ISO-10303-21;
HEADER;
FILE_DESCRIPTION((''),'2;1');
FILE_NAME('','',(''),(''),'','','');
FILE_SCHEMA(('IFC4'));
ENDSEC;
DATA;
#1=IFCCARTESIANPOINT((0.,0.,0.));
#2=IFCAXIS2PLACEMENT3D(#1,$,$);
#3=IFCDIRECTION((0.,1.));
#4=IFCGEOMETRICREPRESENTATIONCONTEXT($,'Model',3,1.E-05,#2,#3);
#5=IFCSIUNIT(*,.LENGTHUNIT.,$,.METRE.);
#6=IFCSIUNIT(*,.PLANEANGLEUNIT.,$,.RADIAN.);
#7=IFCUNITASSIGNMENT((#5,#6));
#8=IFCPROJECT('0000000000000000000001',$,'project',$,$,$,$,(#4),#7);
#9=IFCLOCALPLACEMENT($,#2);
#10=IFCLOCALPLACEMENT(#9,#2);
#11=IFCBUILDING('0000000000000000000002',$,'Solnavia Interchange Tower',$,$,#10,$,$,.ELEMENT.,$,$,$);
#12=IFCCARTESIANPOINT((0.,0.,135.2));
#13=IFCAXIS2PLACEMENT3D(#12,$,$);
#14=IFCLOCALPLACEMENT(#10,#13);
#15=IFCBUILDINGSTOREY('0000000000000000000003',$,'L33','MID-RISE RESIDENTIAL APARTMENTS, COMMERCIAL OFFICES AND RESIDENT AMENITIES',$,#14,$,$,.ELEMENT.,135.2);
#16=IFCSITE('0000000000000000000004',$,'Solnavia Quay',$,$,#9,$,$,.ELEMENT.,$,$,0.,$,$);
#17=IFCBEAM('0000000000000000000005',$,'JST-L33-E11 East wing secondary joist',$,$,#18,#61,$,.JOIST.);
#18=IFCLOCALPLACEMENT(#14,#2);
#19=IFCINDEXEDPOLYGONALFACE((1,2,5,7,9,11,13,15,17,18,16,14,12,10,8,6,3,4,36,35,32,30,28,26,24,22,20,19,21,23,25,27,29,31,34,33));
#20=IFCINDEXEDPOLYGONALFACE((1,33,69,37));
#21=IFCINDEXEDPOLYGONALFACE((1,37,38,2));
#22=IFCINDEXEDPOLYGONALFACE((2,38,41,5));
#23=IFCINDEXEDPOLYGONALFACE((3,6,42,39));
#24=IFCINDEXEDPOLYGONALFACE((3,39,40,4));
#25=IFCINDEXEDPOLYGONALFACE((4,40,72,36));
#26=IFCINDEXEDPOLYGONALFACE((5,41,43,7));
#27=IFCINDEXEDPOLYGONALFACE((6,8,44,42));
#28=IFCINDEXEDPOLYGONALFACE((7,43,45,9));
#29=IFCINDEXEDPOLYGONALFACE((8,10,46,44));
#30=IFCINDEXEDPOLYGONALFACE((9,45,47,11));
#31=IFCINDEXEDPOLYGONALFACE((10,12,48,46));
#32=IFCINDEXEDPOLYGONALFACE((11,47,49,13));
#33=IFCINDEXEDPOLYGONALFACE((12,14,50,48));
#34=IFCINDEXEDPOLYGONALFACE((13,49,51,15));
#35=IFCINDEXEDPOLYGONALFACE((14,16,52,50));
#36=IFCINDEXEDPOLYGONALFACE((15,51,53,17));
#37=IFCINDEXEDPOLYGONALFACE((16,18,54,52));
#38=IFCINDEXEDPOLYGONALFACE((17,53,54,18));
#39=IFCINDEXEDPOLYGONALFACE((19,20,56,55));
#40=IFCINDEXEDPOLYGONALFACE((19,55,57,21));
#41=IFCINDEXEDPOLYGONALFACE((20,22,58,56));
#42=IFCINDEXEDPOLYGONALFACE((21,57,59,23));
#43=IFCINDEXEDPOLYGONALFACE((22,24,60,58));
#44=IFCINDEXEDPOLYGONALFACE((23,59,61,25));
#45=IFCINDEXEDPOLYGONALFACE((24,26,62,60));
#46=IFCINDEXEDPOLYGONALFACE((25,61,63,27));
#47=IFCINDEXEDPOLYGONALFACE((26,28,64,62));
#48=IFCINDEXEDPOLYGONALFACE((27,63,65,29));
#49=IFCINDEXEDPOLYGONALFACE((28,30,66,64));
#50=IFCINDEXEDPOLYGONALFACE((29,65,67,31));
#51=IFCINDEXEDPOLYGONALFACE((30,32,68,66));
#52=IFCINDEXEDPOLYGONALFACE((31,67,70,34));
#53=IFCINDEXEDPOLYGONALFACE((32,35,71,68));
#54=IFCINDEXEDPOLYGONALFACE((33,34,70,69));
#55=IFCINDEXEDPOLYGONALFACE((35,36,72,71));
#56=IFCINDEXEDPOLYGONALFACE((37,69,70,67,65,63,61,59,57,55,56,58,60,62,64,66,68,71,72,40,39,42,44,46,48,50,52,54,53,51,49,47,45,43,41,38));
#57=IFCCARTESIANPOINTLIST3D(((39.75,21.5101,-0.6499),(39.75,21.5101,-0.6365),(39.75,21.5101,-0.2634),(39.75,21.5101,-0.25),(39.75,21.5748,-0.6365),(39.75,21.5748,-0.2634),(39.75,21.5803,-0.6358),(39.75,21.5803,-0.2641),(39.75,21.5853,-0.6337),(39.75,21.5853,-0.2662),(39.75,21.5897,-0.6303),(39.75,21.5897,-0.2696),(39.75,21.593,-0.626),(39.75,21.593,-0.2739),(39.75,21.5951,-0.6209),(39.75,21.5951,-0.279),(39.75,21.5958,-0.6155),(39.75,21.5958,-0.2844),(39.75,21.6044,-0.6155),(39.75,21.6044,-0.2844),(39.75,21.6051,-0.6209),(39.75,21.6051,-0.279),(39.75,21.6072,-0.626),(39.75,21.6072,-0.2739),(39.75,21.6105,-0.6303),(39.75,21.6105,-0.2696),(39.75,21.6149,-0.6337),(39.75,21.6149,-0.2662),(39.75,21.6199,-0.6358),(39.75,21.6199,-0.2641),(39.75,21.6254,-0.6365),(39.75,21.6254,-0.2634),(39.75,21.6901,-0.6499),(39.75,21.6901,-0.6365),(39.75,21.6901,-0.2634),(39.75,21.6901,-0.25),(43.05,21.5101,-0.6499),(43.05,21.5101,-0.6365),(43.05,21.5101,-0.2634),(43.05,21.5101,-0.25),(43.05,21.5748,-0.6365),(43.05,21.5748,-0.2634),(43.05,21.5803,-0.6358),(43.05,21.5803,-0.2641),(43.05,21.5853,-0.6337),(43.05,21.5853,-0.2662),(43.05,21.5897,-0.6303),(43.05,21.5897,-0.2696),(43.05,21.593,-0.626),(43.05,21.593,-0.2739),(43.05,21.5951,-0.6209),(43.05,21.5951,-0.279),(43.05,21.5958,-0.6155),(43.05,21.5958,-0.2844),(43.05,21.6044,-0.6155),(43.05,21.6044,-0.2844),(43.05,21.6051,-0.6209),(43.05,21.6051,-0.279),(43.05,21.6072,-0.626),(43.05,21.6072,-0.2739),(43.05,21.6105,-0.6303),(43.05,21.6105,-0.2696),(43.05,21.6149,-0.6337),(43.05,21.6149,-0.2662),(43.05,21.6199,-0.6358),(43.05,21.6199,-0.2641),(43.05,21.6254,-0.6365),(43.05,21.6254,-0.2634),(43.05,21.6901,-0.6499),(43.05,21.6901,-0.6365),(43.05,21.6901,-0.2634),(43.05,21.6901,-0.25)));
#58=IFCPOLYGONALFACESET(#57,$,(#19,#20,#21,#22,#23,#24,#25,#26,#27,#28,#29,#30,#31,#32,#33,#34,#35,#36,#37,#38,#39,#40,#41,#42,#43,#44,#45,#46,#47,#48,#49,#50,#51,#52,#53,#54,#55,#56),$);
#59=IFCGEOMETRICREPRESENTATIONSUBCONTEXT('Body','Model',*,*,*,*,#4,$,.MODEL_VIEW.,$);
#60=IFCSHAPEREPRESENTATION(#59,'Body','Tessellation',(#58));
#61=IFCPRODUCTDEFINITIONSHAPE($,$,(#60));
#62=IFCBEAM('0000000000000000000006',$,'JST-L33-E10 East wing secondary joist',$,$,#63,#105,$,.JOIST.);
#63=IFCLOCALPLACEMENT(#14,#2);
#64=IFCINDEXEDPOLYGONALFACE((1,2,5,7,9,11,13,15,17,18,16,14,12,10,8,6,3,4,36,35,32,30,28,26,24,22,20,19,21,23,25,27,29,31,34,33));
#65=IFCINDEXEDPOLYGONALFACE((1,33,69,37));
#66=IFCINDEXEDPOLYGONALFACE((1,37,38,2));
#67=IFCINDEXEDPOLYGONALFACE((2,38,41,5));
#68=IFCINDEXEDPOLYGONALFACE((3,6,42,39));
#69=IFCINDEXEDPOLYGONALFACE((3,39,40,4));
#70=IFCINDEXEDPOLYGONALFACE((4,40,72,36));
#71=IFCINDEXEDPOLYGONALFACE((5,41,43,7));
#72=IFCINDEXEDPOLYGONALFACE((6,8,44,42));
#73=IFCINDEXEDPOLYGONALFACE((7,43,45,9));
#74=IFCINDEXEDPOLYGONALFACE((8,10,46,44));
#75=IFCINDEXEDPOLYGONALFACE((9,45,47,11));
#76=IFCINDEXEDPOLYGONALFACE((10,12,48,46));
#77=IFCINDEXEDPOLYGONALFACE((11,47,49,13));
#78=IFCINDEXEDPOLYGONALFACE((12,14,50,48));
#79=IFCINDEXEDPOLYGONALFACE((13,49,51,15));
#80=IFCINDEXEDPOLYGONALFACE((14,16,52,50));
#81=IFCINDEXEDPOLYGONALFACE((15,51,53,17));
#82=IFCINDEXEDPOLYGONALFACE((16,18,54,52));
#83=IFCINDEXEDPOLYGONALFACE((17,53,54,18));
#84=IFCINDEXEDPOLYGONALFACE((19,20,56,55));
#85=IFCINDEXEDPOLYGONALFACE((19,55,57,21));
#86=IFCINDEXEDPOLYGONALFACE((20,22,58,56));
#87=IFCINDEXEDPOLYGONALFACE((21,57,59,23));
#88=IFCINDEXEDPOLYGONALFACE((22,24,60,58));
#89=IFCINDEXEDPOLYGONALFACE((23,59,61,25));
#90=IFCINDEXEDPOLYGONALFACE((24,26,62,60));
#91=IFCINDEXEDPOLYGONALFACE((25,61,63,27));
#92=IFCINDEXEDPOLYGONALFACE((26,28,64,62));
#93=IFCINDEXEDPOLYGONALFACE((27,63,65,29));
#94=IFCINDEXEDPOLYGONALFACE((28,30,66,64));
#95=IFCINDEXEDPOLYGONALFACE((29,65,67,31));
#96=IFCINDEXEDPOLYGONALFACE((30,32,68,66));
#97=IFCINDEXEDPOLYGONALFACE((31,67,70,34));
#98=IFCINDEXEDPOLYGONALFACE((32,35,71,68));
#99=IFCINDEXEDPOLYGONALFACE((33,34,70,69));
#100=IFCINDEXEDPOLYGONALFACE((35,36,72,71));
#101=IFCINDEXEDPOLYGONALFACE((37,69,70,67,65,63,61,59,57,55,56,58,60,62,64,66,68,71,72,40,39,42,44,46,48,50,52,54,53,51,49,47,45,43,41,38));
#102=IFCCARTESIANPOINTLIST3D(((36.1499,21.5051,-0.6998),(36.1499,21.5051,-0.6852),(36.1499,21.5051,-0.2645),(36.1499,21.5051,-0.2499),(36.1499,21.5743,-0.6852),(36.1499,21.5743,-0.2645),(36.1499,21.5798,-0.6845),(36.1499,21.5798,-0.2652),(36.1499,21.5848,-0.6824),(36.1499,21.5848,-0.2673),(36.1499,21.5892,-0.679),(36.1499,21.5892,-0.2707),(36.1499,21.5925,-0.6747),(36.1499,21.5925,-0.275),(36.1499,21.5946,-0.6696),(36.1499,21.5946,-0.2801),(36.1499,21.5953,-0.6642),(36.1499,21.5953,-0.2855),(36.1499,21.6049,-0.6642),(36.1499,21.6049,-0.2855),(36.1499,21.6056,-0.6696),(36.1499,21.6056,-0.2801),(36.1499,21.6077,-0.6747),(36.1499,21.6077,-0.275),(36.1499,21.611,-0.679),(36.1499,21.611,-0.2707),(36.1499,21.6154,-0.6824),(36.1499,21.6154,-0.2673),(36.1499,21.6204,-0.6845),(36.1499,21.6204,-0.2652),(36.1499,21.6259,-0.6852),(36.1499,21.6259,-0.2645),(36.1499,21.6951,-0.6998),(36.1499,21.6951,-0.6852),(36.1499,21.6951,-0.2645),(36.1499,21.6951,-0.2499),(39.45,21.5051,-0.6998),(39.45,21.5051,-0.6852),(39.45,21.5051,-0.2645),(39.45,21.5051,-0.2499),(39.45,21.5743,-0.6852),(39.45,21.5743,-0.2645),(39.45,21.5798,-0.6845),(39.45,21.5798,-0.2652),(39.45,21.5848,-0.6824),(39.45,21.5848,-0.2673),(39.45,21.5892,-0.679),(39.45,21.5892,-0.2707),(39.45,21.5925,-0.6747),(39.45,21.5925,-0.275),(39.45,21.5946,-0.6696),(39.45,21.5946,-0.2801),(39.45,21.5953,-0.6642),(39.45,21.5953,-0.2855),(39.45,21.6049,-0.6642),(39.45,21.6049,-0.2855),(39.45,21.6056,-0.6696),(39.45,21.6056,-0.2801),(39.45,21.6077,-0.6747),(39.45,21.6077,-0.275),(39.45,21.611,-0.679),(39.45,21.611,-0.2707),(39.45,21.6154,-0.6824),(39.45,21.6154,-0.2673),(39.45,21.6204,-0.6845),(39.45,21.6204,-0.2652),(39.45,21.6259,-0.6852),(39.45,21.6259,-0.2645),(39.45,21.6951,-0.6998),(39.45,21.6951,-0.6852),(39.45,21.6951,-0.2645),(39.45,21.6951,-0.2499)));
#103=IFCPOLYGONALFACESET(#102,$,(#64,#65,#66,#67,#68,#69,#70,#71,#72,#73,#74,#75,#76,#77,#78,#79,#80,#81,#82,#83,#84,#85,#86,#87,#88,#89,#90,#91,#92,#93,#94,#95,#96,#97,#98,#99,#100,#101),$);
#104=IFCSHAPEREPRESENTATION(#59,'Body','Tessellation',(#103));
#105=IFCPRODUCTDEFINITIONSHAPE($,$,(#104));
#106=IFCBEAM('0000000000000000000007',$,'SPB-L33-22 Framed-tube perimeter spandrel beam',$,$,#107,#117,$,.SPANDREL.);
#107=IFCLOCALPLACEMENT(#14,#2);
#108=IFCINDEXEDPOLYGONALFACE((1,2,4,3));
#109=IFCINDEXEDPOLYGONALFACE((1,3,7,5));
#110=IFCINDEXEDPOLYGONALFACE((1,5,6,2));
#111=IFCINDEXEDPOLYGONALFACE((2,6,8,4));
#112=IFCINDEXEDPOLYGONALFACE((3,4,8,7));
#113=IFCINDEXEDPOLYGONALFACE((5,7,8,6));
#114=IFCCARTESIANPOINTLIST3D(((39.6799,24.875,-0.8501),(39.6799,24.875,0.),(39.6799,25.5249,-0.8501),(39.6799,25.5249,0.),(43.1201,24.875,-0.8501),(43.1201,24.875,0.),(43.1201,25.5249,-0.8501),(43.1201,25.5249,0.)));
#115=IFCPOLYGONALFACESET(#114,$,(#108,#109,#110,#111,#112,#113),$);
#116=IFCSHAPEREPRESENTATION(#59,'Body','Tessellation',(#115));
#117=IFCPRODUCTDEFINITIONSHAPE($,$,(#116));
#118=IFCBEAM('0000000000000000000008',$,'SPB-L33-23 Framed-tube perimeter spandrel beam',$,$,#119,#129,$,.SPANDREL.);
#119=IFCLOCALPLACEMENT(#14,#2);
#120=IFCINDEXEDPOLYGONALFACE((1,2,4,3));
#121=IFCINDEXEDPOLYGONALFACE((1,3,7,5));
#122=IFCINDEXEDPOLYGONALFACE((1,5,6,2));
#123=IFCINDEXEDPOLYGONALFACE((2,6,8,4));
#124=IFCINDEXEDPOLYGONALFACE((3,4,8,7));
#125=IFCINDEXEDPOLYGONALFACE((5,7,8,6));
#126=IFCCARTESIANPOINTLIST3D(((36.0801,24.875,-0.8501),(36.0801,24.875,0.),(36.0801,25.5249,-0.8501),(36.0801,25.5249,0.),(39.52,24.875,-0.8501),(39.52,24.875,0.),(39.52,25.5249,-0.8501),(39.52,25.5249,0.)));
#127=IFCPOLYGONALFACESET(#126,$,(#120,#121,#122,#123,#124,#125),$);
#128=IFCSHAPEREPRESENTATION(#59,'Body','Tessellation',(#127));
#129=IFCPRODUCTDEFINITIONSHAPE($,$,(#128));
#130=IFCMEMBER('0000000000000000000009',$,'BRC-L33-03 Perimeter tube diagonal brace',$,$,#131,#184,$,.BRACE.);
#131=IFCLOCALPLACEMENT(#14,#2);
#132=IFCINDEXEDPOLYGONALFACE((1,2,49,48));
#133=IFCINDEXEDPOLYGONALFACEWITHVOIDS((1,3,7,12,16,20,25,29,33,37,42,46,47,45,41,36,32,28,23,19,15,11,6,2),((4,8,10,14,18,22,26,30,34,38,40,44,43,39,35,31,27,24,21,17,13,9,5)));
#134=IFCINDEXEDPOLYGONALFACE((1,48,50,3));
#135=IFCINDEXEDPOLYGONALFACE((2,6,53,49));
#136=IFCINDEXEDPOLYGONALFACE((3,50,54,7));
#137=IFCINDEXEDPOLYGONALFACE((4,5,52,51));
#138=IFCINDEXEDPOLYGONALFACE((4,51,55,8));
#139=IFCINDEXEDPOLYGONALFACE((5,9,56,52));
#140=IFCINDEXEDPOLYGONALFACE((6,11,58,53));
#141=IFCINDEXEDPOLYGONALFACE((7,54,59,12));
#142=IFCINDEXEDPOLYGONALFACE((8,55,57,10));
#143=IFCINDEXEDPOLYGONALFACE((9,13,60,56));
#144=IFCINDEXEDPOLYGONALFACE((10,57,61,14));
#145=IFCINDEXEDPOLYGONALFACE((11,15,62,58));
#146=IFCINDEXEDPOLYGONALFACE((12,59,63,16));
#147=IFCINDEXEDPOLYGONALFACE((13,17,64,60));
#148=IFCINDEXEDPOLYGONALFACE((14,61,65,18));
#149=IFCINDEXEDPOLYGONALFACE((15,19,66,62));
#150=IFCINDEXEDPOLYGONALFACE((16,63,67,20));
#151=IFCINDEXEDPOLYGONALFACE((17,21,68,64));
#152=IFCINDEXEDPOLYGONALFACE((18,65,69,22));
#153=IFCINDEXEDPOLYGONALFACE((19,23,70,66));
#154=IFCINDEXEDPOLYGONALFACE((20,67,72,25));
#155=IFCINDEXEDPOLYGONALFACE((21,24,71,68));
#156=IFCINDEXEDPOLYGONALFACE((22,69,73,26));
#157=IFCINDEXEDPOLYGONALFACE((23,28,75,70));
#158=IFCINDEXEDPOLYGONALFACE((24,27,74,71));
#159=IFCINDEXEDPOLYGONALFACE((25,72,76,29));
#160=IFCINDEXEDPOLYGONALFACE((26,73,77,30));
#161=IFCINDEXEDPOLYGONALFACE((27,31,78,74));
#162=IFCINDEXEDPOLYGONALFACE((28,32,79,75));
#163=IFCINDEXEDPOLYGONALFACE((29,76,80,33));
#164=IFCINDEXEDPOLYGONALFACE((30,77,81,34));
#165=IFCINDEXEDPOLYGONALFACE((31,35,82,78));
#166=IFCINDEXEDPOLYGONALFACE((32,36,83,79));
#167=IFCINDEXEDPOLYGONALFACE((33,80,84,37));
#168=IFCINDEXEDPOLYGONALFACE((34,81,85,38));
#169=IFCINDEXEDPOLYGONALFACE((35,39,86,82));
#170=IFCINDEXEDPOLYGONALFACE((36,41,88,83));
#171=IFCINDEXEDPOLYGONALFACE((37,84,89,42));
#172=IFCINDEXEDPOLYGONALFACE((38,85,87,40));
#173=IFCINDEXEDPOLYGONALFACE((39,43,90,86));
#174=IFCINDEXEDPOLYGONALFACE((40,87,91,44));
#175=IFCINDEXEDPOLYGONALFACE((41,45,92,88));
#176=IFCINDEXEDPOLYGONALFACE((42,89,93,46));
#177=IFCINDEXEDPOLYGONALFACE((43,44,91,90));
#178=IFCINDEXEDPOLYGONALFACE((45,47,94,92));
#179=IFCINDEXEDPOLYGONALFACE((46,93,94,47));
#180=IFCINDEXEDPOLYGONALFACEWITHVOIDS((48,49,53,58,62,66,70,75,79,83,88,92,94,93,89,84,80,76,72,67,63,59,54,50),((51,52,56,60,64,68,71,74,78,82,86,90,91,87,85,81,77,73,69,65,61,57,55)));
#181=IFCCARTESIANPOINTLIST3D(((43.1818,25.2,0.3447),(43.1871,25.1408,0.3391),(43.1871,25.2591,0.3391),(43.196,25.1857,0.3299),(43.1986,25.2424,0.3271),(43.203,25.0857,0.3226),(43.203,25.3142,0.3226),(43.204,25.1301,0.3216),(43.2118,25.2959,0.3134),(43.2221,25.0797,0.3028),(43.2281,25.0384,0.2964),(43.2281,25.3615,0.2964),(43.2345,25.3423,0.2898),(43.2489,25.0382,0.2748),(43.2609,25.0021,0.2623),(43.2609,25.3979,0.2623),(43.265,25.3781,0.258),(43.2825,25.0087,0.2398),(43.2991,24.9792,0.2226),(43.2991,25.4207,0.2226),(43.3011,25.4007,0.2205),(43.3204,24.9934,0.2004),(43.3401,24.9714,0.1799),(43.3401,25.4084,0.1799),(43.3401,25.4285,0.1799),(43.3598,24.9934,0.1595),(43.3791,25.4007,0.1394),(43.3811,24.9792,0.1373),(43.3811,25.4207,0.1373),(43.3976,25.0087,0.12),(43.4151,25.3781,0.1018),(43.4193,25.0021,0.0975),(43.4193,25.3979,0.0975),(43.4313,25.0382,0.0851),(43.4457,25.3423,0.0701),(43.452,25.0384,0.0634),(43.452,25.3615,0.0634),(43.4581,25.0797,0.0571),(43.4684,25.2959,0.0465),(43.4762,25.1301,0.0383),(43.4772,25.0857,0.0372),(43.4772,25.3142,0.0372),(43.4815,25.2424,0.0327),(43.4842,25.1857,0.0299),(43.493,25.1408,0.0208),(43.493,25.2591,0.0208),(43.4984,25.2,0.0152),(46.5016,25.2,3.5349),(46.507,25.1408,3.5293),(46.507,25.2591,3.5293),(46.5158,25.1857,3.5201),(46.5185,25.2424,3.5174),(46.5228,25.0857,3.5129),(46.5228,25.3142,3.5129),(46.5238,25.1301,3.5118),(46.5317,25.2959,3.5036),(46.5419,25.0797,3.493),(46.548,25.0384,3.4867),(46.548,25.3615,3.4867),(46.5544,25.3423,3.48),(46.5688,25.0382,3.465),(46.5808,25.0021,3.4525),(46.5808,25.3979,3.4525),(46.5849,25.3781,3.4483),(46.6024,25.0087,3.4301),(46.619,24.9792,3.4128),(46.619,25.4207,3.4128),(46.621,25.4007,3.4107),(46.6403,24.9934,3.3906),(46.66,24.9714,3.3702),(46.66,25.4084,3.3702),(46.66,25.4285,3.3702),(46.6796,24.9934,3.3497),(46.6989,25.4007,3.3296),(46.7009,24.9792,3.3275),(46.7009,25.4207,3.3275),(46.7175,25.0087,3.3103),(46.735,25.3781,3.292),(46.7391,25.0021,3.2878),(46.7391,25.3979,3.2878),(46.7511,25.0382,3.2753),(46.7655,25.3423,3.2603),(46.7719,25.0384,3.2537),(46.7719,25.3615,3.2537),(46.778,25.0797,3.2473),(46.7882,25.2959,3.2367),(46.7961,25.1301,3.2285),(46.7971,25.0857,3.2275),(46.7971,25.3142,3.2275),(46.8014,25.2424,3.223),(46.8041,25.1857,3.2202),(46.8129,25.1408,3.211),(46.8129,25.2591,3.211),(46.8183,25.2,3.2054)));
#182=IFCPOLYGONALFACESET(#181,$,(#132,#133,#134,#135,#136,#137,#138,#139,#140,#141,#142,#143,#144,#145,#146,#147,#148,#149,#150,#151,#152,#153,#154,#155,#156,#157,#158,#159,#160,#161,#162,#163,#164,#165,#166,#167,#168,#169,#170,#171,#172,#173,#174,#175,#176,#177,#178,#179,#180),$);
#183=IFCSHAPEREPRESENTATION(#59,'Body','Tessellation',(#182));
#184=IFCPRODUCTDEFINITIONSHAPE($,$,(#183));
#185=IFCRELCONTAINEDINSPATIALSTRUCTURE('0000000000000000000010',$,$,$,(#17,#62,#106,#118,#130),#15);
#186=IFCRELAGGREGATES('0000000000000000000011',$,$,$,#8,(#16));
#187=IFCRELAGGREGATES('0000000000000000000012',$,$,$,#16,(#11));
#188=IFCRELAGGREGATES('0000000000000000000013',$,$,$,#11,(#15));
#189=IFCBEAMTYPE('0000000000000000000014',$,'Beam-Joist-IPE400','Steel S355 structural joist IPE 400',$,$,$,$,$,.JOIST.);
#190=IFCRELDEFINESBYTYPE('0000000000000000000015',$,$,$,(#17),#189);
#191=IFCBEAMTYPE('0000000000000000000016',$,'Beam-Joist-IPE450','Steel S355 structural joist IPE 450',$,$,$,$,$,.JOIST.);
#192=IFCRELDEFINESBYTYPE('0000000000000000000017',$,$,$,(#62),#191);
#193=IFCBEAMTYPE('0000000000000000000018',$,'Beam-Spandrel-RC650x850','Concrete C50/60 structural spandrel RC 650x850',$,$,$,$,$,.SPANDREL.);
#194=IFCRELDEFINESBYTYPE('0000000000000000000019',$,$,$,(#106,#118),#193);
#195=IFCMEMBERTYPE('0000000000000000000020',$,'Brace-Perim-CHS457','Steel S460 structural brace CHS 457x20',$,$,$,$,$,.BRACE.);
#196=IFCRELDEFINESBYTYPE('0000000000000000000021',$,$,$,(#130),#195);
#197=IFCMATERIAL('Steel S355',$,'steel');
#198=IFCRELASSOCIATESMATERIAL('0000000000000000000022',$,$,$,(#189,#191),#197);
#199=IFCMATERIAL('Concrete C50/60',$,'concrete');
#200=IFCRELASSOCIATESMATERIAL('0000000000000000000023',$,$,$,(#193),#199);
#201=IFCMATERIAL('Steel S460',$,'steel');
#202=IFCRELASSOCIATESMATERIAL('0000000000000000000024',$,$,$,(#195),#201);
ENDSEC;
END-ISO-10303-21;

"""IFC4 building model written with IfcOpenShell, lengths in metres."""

from ifc_helpers import new_model, si_unit, direction, frame, origin, origin_2d, place, context, subcontext, project, spatial, rectangle, hollow_circle, i_section, extrude, material, material_profile, profile_set, type_object, element, save


model = new_model("IFC4")

# Units and contexts
model_context = context("Model", 3, precision=1e-05, world=origin(), true_north=direction((0.0, 1.0)))
body_context = subcontext(model_context, "Body", "Model", "MODEL_VIEW")
ifc_project = project(units=[si_unit("LENGTHUNIT", "METRE"), si_unit("PLANEANGLEUNIT", "RADIAN")], contexts=[model_context])

# Site, building, storey
site_placement = place(None, origin())
site = spatial("IfcSite", under=ifc_project, at=site_placement, Name="Solnavia Quay", CompositionType="ELEMENT", RefElevation=0.0)
building_placement = place(site_placement, origin())
building = spatial("IfcBuilding", under=site, at=building_placement, Name="Solnavia Interchange Tower", CompositionType="ELEMENT")
storey_placement = place(building_placement, frame((0.0, 0.0, 135.2)))
storey = spatial("IfcBuildingStorey", under=building, at=storey_placement, Name="L33", Description="MID-RISE RESIDENTIAL APARTMENTS, COMMERCIAL OFFICES AND RESIDENT AMENITIES", CompositionType="ELEMENT", Elevation=135.2)

# Shared definitions
ifc_material_1 = material(Name="Concrete C50/60", Category="concrete")

# Beams
ifc_material_2 = material(Name="Steel S355", Category="steel")
ifc_material_profile_1 = material_profile(ifc_material_2, i_section(OverallWidth=0.1799, OverallDepth=0.3999, WebThickness=0.0085, FlangeThickness=0.0134, FilletRadius=0.021, at=origin_2d()), Name="IPE 400")
ifc_profile_set_1 = profile_set([ifc_material_profile_1], Name="Steel S355")
beam_type_1 = type_object("IfcBeamType", Name="Beam-Joist-IPE400", Description="Steel S355 structural joist IPE 400", PredefinedType="JOIST", material=ifc_profile_set_1)
for number, where, z_axis, x_axis, name in (
    (1, (39.75, 21.6001, -0.45), (1.0, 0.0, 0.0), (0.0, 1.0, 0.0), "JST-L33-E11 East wing secondary joist"),
):
    element("IfcBeam", number, at=place(storey_placement, frame(where, z_axis=z_axis, x_axis=x_axis)), inside=storey, type_object=beam_type_1, Name=name, PredefinedType="JOIST", context=body_context, shape_type="SweptSolid", body=[
        extrude(i_section(OverallWidth=0.1799, OverallDepth=0.3999, WebThickness=0.0085, FlangeThickness=0.0134, FilletRadius=0.021, at=origin_2d()), origin(), (0.0, 0.0, 1.0), 3.3),
    ])
ifc_material_profile_2 = material_profile(ifc_material_2, i_section(OverallWidth=0.1899, OverallDepth=0.45, WebThickness=0.0095, FlangeThickness=0.0146, FilletRadius=0.021, at=origin_2d()), Name="IPE 450")
ifc_profile_set_2 = profile_set([ifc_material_profile_2], Name="Steel S355")
beam_type_2 = type_object("IfcBeamType", Name="Beam-Joist-IPE450", Description="Steel S355 structural joist IPE 450", PredefinedType="JOIST", material=ifc_profile_set_2)
beam_1_placement = place(storey_placement, frame((36.1499, 21.6001, -0.4749), z_axis=(1.0, 0.0, 0.0), x_axis=(0.0, 1.0, 0.0)))
element("IfcBeam", 2, at=beam_1_placement, inside=storey, type_object=beam_type_2, Name="JST-L33-E10 East wing secondary joist", PredefinedType="JOIST", context=body_context, shape_type="SweptSolid", body=[
    extrude(i_section(OverallWidth=0.1899, OverallDepth=0.45, WebThickness=0.0095, FlangeThickness=0.0146, FilletRadius=0.021, at=origin_2d()), origin(), (0.0, 0.0, 1.0), 3.3),
])
ifc_material_profile_3 = material_profile(ifc_material_1, rectangle(XDim=0.6499, YDim=0.8501, at=origin_2d()), Name="RC 650x850")
ifc_profile_set_3 = profile_set([ifc_material_profile_3], Name="Concrete C50/60")
beam_type_3 = type_object("IfcBeamType", Name="Beam-Spandrel-RC650x850", Description="Concrete C50/60 structural spandrel RC 650x850", PredefinedType="SPANDREL", material=ifc_profile_set_3)
beam_2_placement = place(storey_placement, frame((43.1201, 25.2, -0.425), z_axis=(-1.0, 0.0, 0.0), x_axis=(0.0, -1.0, 0.0)))
element("IfcBeam", 3, at=beam_2_placement, inside=storey, type_object=beam_type_3, Name="SPB-L33-22 Framed-tube perimeter spandrel beam", PredefinedType="SPANDREL", context=body_context, shape_type="SweptSolid", body=[
    extrude(rectangle(XDim=0.6499, YDim=0.8501, at=origin_2d()), origin(), (0.0, 0.0, 1.0), 3.4402),
])
beam_3_placement = place(storey_placement, frame((39.52, 25.2, -0.425), z_axis=(-1.0, 0.0, 0.0), x_axis=(0.0, -1.0, 0.0)))
element("IfcBeam", 4, at=beam_3_placement, inside=storey, type_object=beam_type_3, Name="SPB-L33-23 Framed-tube perimeter spandrel beam", PredefinedType="SPANDREL", context=body_context, shape_type="SweptSolid", body=[
    extrude(rectangle(XDim=0.6499, YDim=0.8501, at=origin_2d()), origin(), (0.0, 0.0, 1.0), 3.4399),
])

# Member
ifc_material_3 = material(Name="Steel S460", Category="steel")
ifc_material_profile_4 = material_profile(ifc_material_3, hollow_circle(Radius=0.2285, WallThickness=0.02, at=origin_2d()), Name="CHS 457x20")
ifc_profile_set_4 = profile_set([ifc_material_profile_4], Name="Steel S460")
member_type = type_object("IfcMemberType", Name="Brace-Perim-CHS457", Description="Steel S460 structural brace CHS 457x20", PredefinedType="BRACE", material=ifc_profile_set_4)
member_placement = place(storey_placement, frame((43.3401, 25.2, 0.1799), z_axis=(0.721045, 0.0, 0.692888), x_axis=(0.0, 1.0, 0.0)))
element("IfcMember", 5, at=member_placement, inside=storey, type_object=member_type, Name="BRC-L33-03 Perimeter tube diagonal brace", PredefinedType="BRACE", context=body_context, shape_type="SweptSolid", body=[
    extrude(hollow_circle(Radius=0.2285, WallThickness=0.02, at=origin_2d()), origin(), (0.0, 0.0, 1.0), 4.6042),
])

save(model, "model.ifc")
